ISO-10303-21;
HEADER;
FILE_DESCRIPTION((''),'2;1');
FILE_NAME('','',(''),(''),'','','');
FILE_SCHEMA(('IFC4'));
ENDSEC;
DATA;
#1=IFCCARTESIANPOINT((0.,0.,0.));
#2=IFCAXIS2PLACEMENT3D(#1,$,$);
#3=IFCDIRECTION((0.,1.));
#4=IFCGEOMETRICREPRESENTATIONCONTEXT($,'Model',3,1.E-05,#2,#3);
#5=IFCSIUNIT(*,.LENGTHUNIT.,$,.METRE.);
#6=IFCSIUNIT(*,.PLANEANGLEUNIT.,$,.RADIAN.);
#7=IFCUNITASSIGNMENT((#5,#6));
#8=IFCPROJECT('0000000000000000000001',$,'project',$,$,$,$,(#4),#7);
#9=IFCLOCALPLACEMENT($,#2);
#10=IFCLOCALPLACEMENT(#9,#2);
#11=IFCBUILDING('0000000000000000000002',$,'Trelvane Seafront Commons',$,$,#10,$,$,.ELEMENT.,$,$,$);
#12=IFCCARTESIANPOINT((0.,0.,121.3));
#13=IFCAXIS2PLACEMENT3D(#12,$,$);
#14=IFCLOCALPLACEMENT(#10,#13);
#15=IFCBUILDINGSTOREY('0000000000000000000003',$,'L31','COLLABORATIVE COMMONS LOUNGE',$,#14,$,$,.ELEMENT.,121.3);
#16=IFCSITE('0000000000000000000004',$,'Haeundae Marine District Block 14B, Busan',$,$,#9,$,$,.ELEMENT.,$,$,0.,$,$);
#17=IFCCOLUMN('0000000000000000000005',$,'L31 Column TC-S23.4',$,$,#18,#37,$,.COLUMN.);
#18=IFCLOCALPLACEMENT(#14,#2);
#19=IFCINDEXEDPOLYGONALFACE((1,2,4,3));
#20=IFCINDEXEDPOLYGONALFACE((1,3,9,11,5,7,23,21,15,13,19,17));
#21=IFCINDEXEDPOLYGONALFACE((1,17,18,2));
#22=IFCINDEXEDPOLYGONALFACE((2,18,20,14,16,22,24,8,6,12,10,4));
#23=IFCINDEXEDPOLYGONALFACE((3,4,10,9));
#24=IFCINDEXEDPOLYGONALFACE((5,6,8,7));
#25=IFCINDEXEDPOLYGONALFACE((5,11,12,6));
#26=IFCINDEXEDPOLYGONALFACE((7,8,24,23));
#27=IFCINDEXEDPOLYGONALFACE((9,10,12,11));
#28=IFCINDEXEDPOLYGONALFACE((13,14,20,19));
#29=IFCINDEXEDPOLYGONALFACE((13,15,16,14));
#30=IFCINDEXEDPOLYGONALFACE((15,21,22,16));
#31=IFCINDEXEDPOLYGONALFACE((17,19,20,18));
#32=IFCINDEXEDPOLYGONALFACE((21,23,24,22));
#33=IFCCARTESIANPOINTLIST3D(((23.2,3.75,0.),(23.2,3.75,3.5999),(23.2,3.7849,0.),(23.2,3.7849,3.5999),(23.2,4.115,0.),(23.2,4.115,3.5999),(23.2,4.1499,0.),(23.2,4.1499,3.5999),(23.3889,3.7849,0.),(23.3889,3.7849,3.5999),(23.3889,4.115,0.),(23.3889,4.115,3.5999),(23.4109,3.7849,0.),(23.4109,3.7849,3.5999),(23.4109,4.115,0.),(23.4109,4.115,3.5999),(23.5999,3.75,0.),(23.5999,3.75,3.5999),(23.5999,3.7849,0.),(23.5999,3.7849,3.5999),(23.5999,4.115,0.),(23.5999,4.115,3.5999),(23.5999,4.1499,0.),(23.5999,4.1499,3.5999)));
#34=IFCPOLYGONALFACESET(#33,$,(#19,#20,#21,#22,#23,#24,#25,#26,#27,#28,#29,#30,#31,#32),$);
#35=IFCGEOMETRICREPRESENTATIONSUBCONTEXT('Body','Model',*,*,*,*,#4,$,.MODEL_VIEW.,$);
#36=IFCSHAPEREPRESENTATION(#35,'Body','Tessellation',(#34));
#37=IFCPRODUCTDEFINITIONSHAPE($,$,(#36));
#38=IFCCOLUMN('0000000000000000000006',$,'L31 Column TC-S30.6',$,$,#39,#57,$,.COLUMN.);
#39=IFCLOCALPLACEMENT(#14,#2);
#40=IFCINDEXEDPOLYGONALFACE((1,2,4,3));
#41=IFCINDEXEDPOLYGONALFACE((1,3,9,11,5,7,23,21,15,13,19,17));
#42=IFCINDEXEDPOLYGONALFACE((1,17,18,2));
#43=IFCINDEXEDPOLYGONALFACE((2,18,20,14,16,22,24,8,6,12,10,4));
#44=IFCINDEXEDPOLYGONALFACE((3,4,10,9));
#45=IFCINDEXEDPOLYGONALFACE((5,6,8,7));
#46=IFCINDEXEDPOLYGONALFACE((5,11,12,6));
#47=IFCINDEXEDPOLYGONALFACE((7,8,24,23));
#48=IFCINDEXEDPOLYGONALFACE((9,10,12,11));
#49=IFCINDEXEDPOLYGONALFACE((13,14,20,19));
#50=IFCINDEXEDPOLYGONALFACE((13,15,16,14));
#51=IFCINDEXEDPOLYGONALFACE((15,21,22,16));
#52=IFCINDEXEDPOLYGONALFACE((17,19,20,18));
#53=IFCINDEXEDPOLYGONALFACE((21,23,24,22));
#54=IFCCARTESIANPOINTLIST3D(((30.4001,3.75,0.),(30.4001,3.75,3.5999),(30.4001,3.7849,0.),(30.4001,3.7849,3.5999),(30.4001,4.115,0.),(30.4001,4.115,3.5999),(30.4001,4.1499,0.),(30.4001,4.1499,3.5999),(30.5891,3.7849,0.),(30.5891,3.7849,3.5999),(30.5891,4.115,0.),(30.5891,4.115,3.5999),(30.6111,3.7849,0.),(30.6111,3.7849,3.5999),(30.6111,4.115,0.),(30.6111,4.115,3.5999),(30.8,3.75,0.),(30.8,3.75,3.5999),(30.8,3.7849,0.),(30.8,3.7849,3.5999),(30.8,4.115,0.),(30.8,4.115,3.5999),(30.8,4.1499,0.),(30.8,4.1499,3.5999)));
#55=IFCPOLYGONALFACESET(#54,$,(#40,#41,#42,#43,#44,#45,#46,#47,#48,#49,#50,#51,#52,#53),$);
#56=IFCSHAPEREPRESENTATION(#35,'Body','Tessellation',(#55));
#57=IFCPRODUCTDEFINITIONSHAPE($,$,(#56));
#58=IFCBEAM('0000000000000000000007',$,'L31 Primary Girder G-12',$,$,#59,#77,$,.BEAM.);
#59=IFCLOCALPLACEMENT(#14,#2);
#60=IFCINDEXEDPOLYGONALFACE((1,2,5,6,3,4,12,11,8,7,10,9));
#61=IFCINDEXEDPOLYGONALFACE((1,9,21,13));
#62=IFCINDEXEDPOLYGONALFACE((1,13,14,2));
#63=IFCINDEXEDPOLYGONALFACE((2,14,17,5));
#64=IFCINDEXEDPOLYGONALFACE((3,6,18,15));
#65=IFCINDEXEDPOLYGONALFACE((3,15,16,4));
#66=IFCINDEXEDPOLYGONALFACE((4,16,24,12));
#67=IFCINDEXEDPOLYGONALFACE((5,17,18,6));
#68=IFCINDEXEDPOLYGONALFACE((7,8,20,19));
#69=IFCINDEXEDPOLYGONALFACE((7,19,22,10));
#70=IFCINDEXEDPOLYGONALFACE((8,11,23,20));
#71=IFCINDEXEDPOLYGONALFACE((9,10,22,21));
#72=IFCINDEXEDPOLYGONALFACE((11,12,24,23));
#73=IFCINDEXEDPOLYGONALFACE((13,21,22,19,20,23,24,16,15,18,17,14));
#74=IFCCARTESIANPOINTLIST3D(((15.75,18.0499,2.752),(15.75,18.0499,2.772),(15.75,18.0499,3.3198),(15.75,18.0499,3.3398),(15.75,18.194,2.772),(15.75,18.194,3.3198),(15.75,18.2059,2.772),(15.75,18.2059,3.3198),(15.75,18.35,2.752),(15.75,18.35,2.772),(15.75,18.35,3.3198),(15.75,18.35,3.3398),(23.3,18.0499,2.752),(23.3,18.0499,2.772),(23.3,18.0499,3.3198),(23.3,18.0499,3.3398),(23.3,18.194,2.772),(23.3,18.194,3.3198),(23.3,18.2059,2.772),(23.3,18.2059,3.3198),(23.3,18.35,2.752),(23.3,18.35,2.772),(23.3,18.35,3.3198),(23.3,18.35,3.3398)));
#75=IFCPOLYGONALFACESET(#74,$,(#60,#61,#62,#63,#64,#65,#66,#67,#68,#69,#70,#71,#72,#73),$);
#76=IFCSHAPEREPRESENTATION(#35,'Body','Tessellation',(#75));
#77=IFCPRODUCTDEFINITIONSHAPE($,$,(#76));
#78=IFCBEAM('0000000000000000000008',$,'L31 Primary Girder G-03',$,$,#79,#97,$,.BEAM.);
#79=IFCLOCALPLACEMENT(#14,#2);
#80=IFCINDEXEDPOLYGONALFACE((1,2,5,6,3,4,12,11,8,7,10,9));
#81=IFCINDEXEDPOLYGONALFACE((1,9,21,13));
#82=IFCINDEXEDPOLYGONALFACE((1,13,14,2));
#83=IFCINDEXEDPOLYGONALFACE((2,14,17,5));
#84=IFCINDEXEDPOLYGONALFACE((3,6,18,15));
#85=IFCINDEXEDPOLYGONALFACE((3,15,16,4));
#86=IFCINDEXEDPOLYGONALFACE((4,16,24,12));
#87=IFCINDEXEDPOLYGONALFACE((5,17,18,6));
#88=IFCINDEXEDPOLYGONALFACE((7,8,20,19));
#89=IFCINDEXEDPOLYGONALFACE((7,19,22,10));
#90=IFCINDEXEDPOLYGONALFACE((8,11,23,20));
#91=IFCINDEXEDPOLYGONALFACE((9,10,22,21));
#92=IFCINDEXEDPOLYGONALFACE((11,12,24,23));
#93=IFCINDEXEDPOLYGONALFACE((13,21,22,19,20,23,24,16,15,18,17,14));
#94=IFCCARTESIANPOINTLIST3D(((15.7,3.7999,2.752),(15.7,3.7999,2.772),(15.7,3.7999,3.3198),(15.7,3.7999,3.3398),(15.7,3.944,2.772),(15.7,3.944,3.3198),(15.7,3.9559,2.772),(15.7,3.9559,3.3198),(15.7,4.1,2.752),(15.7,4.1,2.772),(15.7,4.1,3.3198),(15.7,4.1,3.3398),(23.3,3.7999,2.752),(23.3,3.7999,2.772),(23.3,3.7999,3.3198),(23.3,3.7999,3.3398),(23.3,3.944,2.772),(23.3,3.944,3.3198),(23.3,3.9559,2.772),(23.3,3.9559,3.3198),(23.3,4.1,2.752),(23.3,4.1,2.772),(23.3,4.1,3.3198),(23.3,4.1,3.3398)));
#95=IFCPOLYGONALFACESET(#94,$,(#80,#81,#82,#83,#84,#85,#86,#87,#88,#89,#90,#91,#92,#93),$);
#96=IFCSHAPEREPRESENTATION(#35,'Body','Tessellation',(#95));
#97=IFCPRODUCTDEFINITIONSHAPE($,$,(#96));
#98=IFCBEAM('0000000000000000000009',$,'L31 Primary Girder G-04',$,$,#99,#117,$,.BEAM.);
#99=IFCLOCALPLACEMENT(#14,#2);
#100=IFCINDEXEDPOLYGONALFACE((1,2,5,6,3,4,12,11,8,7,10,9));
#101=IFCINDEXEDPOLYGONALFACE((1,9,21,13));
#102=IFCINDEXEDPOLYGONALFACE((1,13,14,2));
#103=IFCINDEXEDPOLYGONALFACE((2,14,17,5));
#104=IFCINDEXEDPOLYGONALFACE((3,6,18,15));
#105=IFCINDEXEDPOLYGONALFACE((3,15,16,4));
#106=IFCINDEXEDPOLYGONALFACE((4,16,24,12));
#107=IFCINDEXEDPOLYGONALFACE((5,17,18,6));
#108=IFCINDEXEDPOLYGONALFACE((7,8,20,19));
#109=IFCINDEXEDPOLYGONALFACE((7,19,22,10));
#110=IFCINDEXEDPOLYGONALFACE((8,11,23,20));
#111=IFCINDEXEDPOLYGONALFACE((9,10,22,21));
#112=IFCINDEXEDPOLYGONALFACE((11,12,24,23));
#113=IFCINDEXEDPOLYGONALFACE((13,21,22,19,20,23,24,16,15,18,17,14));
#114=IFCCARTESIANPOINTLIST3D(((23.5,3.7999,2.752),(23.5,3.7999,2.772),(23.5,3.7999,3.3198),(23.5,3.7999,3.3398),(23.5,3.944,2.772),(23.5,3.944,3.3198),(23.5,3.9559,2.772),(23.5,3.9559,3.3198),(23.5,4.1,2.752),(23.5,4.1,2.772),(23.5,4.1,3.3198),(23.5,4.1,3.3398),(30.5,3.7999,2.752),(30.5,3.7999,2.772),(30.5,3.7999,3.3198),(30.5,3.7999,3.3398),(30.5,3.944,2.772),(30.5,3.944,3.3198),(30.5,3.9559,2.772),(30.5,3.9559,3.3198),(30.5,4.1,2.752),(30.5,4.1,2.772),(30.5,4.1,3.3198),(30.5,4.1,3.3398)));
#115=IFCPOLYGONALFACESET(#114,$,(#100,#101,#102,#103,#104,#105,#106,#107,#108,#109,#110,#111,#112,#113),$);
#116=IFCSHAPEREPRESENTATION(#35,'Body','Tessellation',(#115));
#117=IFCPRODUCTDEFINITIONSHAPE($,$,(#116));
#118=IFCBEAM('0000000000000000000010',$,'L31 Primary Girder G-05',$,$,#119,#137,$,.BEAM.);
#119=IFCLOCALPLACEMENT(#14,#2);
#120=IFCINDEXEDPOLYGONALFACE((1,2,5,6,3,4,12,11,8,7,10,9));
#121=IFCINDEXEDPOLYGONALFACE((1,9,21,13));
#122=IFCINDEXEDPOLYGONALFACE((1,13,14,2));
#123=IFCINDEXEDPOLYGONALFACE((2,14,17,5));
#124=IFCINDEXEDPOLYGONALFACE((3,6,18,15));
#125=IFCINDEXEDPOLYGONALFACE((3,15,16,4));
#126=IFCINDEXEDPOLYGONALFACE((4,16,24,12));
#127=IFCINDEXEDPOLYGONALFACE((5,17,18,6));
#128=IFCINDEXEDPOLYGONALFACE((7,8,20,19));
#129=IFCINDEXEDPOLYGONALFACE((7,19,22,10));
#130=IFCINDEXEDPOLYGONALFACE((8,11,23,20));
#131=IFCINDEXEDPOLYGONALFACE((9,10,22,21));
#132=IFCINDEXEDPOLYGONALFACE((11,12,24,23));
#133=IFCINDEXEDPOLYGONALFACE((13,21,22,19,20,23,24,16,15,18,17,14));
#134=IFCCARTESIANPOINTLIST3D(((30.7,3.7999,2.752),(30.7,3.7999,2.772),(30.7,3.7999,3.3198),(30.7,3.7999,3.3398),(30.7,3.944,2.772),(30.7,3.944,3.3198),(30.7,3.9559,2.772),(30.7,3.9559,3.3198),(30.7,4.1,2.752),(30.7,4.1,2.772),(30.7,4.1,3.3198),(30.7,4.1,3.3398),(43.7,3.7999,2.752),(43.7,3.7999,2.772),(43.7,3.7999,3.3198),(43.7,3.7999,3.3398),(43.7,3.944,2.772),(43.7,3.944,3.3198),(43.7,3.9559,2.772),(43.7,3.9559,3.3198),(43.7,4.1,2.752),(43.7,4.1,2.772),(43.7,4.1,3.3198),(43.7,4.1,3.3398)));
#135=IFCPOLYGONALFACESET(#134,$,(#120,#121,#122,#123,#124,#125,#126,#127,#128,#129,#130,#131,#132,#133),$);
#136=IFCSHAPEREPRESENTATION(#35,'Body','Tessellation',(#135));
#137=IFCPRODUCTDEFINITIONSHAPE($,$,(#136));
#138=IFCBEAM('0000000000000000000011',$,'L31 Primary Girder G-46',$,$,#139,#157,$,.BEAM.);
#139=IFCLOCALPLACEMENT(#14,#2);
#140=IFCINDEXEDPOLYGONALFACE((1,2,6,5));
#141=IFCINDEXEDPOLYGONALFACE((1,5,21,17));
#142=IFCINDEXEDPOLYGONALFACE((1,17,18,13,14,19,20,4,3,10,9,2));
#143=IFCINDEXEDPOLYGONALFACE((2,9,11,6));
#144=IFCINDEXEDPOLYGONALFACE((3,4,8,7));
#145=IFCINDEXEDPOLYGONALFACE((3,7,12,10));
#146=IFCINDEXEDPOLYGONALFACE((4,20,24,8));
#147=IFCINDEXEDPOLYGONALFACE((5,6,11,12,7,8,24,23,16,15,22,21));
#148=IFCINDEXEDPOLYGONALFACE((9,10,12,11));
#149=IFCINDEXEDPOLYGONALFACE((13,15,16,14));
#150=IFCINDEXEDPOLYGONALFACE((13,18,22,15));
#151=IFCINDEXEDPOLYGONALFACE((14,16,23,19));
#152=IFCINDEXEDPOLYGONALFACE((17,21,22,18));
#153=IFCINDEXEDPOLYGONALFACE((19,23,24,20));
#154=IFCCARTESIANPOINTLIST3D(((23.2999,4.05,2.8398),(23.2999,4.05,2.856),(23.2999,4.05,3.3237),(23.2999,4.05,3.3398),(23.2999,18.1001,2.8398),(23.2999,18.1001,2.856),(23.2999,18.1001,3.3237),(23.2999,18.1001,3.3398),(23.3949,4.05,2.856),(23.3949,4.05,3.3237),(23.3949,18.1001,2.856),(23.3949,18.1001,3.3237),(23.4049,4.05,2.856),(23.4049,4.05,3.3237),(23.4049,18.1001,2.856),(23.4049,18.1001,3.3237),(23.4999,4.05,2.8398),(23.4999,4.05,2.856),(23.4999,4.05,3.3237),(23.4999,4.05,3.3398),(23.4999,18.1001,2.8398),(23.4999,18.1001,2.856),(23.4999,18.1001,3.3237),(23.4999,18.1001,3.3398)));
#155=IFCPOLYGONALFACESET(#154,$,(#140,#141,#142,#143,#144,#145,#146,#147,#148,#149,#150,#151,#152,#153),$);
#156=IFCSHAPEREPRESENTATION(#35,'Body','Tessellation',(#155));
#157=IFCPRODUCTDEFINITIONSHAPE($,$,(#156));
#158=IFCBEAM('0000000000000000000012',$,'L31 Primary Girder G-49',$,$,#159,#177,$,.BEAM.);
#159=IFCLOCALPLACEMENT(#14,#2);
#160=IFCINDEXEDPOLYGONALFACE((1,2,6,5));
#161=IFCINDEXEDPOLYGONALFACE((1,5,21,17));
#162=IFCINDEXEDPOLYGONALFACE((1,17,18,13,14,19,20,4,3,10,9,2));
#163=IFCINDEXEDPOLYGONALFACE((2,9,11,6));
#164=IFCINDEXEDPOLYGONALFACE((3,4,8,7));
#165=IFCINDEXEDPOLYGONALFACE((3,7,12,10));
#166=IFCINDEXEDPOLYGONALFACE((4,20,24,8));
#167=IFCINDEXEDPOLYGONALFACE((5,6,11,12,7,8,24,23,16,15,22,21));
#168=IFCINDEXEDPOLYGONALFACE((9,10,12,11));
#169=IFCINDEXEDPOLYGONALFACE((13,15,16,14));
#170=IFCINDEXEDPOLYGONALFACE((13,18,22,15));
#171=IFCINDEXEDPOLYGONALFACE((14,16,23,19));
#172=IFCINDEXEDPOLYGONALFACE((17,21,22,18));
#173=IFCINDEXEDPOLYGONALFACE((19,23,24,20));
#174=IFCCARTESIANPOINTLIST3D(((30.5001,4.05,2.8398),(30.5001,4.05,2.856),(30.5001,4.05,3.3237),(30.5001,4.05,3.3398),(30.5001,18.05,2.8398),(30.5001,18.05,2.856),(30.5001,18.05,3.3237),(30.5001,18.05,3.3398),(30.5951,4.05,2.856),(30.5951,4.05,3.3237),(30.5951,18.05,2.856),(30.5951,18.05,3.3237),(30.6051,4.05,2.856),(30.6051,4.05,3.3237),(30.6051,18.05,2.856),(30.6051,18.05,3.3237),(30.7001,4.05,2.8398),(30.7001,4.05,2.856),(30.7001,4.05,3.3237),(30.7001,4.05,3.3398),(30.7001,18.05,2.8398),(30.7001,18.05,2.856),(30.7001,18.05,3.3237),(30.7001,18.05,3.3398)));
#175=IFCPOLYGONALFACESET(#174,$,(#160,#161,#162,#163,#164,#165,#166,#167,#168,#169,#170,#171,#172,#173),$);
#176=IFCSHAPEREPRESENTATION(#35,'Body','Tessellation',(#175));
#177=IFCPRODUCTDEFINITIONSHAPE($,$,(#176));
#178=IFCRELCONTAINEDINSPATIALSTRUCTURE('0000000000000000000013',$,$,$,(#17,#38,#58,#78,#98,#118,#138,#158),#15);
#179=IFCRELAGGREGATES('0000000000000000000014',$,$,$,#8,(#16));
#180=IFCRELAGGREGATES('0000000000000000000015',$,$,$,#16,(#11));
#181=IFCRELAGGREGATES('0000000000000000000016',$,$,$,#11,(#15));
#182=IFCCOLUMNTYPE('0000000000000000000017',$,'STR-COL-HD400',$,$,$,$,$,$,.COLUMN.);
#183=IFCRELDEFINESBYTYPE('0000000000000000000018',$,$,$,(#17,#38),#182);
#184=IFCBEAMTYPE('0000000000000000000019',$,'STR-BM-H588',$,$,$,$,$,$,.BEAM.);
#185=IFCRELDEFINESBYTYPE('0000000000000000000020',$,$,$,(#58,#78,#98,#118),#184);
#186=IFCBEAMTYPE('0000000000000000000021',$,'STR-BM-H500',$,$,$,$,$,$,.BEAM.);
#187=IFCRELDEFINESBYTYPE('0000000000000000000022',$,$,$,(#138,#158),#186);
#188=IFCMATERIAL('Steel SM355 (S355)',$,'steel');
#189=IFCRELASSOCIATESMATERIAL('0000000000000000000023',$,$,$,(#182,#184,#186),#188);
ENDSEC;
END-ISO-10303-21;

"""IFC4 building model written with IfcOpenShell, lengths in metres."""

from ifc_helpers import new_model, si_unit, direction, frame, origin, origin_2d, place, context, subcontext, project, spatial, i_section, extrude, source, transform, mapped, material, material_profile, profile_set, type_object, element, save


model = new_model("IFC4")

# Units and contexts
model_context = context("Model", 3, precision=1e-05, world=origin(), true_north=direction((0.0, 1.0)))
body_context = subcontext(model_context, "Body", "Model", "MODEL_VIEW")
ifc_project = project(units=[si_unit("LENGTHUNIT", "METRE"), si_unit("PLANEANGLEUNIT", "RADIAN")], contexts=[model_context])

# Site, building, storey
site_placement = place(None, origin())
site = spatial("IfcSite", under=ifc_project, at=site_placement, Name="Haeundae Marine District Block 14B, Busan", CompositionType="ELEMENT", RefElevation=0.0)
building_placement = place(site_placement, origin())
building = spatial("IfcBuilding", under=site, at=building_placement, Name="Trelvane Seafront Commons", CompositionType="ELEMENT")
storey_placement = place(building_placement, frame((0.0, 0.0, 121.3)))
storey = spatial("IfcBuildingStorey", under=building, at=storey_placement, Name="L31", Description="COLLABORATIVE COMMONS LOUNGE", CompositionType="ELEMENT", Elevation=121.3)

# Columns
ifc_material_1 = material(Name="Steel SM355 (S355)", Category="steel")
ifc_material_profile_1 = material_profile(ifc_material_1, i_section(OverallWidth=0.3999, OverallDepth=0.3999, WebThickness=0.022, FlangeThickness=0.0349, at=origin_2d()), Name="HD-400x400x22x35")
ifc_profile_set_1 = profile_set([ifc_material_profile_1], Name="Steel SM355 (S355)")
column_type = type_object("IfcColumnType", Name="STR-COL-HD400", PredefinedType="COLUMN", material=ifc_profile_set_1)
shared_shape_1 = source(origin(), body_context, "Body", "SweptSolid", [
    extrude(i_section(OverallWidth=0.3999, OverallDepth=0.3999, WebThickness=0.022, FlangeThickness=0.0349, at=origin_2d()), origin(), (0.0, 0.0, 1.0), 3.5999),
])
for number, where, z_axis, x_axis, name in (
    (1, (23.3999, 3.95, 0.0), (0.0, 0.0, 1.0), (1.0, 0.0, 0.0), "L31 Column TC-S23.4"),
    (2, (30.6001, 3.95, 0.0), (0.0, 0.0, 1.0), (1.0, 0.0, 0.0), "L31 Column TC-S30.6"),
):
    element("IfcColumn", number, at=place(storey_placement, frame(where, z_axis=z_axis, x_axis=x_axis)), inside=storey, type_object=column_type, Name=name, PredefinedType="COLUMN", context=body_context, shape_type="MappedRepresentation", body=[
        mapped(shared_shape_1, transform((0.0, 0.0, 0.0), x_axis=(1.0, 0.0, 0.0), y_axis=(0.0, 1.0, 0.0), z_axis=(0.0, 0.0, 1.0), scale=1.0)),
    ])

# Beams
ifc_material_profile_2 = material_profile(ifc_material_1, i_section(OverallWidth=0.3, OverallDepth=0.5879, WebThickness=0.012, FlangeThickness=0.02, at=origin_2d()), Name="H-588x300x12x20")
ifc_profile_set_2 = profile_set([ifc_material_profile_2], Name="Steel SM355 (S355)")
beam_type_1 = type_object("IfcBeamType", Name="STR-BM-H588", PredefinedType="BEAM", material=ifc_profile_set_2)
shared_shape_2 = source(origin(), body_context, "Body", "SweptSolid", [
    extrude(i_section(OverallWidth=0.3, OverallDepth=0.5879, WebThickness=0.012, FlangeThickness=0.02, at=origin_2d()), origin(), (0.0, 0.0, 1.0), 7.55),
])
beam_1_placement = place(storey_placement, frame((15.75, 18.2, 3.0459), z_axis=(1.0, 0.0, 0.0), x_axis=(0.0, 1.0, 0.0)))
element("IfcBeam", 3, at=beam_1_placement, inside=storey, type_object=beam_type_1, Name="L31 Primary Girder G-12", PredefinedType="BEAM", context=body_context, shape_type="MappedRepresentation", body=[
    mapped(shared_shape_2, transform((0.0, 0.0, 0.0), x_axis=(1.0, 0.0, 0.0), y_axis=(0.0, 1.0, 0.0), z_axis=(0.0, 0.0, 1.0), scale=1.0)),
])
shared_shape_3 = source(origin(), body_context, "Body", "SweptSolid", [
    extrude(i_section(OverallWidth=0.3, OverallDepth=0.5879, WebThickness=0.012, FlangeThickness=0.02, at=origin_2d()), origin(), (0.0, 0.0, 1.0), 7.6001),
])
beam_2_placement = place(storey_placement, frame((15.7, 3.95, 3.0459), z_axis=(1.0, 0.0, 0.0), x_axis=(0.0, 1.0, 0.0)))
element("IfcBeam", 4, at=beam_2_placement, inside=storey, type_object=beam_type_1, Name="L31 Primary Girder G-03", PredefinedType="BEAM", context=body_context, shape_type="MappedRepresentation", body=[
    mapped(shared_shape_3, transform((0.0, 0.0, 0.0), x_axis=(1.0, 0.0, 0.0), y_axis=(0.0, 1.0, 0.0), z_axis=(0.0, 0.0, 1.0), scale=1.0)),
])
shared_shape_4 = source(origin(), body_context, "Body", "SweptSolid", [
    extrude(i_section(OverallWidth=0.3, OverallDepth=0.5879, WebThickness=0.012, FlangeThickness=0.02, at=origin_2d()), origin(), (0.0, 0.0, 1.0), 7.0),
])
beam_3_placement = place(storey_placement, frame((23.5, 3.95, 3.0459), z_axis=(1.0, 0.0, 0.0), x_axis=(0.0, 1.0, 0.0)))
element("IfcBeam", 5, at=beam_3_placement, inside=storey, type_object=beam_type_1, Name="L31 Primary Girder G-04", PredefinedType="BEAM", context=body_context, shape_type="MappedRepresentation", body=[
    mapped(shared_shape_4, transform((0.0, 0.0, 0.0), x_axis=(1.0, 0.0, 0.0), y_axis=(0.0, 1.0, 0.0), z_axis=(0.0, 0.0, 1.0), scale=1.0)),
])
shared_shape_5 = source(origin(), body_context, "Body", "SweptSolid", [
    extrude(i_section(OverallWidth=0.3, OverallDepth=0.5879, WebThickness=0.012, FlangeThickness=0.02, at=origin_2d()), origin(), (0.0, 0.0, 1.0), 13.0),
])
beam_4_placement = place(storey_placement, frame((30.7, 3.95, 3.0459), z_axis=(1.0, 0.0, 0.0), x_axis=(0.0, 1.0, 0.0)))
element("IfcBeam", 6, at=beam_4_placement, inside=storey, type_object=beam_type_1, Name="L31 Primary Girder G-05", PredefinedType="BEAM", context=body_context, shape_type="MappedRepresentation", body=[
    mapped(shared_shape_5, transform((0.0, 0.0, 0.0), x_axis=(1.0, 0.0, 0.0), y_axis=(0.0, 1.0, 0.0), z_axis=(0.0, 0.0, 1.0), scale=1.0)),
])
ifc_material_profile_3 = material_profile(ifc_material_1, i_section(OverallWidth=0.2, OverallDepth=0.5, WebThickness=0.01, FlangeThickness=0.0161, at=origin_2d()), Name="H-500x200x10x16")
ifc_profile_set_3 = profile_set([ifc_material_profile_3], Name="Steel SM355 (S355)")
beam_type_2 = type_object("IfcBeamType", Name="STR-BM-H500", PredefinedType="BEAM", material=ifc_profile_set_3)
shared_shape_6 = source(origin(), body_context, "Body", "SweptSolid", [
    extrude(i_section(OverallWidth=0.2, OverallDepth=0.5, WebThickness=0.01, FlangeThickness=0.0161, at=origin_2d()), origin(), (0.0, 0.0, 1.0), 14.05),
])
beam_5_placement = place(storey_placement, frame((23.3999, 4.05, 3.0898), z_axis=(0.0, 1.0, 0.0), x_axis=(-1.0, 0.0, 0.0)))
element("IfcBeam", 7, at=beam_5_placement, inside=storey, type_object=beam_type_2, Name="L31 Primary Girder G-46", PredefinedType="BEAM", context=body_context, shape_type="MappedRepresentation", body=[
    mapped(shared_shape_6, transform((0.0, 0.0, 0.0), x_axis=(1.0, 0.0, 0.0), y_axis=(0.0, 1.0, 0.0), z_axis=(0.0, 0.0, 1.0), scale=1.0)),
])
shared_shape_7 = source(origin(), body_context, "Body", "SweptSolid", [
    extrude(i_section(OverallWidth=0.2, OverallDepth=0.5, WebThickness=0.01, FlangeThickness=0.0161, at=origin_2d()), origin(), (0.0, 0.0, 1.0), 14.0),
])
beam_6_placement = place(storey_placement, frame((30.6001, 4.05, 3.0898), z_axis=(0.0, 1.0, 0.0), x_axis=(-1.0, 0.0, 0.0)))
element("IfcBeam", 8, at=beam_6_placement, inside=storey, type_object=beam_type_2, Name="L31 Primary Girder G-49", PredefinedType="BEAM", context=body_context, shape_type="MappedRepresentation", body=[
    mapped(shared_shape_7, transform((0.0, 0.0, 0.0), x_axis=(1.0, 0.0, 0.0), y_axis=(0.0, 1.0, 0.0), z_axis=(0.0, 0.0, 1.0), scale=1.0)),
])

save(model, "model.ifc")
